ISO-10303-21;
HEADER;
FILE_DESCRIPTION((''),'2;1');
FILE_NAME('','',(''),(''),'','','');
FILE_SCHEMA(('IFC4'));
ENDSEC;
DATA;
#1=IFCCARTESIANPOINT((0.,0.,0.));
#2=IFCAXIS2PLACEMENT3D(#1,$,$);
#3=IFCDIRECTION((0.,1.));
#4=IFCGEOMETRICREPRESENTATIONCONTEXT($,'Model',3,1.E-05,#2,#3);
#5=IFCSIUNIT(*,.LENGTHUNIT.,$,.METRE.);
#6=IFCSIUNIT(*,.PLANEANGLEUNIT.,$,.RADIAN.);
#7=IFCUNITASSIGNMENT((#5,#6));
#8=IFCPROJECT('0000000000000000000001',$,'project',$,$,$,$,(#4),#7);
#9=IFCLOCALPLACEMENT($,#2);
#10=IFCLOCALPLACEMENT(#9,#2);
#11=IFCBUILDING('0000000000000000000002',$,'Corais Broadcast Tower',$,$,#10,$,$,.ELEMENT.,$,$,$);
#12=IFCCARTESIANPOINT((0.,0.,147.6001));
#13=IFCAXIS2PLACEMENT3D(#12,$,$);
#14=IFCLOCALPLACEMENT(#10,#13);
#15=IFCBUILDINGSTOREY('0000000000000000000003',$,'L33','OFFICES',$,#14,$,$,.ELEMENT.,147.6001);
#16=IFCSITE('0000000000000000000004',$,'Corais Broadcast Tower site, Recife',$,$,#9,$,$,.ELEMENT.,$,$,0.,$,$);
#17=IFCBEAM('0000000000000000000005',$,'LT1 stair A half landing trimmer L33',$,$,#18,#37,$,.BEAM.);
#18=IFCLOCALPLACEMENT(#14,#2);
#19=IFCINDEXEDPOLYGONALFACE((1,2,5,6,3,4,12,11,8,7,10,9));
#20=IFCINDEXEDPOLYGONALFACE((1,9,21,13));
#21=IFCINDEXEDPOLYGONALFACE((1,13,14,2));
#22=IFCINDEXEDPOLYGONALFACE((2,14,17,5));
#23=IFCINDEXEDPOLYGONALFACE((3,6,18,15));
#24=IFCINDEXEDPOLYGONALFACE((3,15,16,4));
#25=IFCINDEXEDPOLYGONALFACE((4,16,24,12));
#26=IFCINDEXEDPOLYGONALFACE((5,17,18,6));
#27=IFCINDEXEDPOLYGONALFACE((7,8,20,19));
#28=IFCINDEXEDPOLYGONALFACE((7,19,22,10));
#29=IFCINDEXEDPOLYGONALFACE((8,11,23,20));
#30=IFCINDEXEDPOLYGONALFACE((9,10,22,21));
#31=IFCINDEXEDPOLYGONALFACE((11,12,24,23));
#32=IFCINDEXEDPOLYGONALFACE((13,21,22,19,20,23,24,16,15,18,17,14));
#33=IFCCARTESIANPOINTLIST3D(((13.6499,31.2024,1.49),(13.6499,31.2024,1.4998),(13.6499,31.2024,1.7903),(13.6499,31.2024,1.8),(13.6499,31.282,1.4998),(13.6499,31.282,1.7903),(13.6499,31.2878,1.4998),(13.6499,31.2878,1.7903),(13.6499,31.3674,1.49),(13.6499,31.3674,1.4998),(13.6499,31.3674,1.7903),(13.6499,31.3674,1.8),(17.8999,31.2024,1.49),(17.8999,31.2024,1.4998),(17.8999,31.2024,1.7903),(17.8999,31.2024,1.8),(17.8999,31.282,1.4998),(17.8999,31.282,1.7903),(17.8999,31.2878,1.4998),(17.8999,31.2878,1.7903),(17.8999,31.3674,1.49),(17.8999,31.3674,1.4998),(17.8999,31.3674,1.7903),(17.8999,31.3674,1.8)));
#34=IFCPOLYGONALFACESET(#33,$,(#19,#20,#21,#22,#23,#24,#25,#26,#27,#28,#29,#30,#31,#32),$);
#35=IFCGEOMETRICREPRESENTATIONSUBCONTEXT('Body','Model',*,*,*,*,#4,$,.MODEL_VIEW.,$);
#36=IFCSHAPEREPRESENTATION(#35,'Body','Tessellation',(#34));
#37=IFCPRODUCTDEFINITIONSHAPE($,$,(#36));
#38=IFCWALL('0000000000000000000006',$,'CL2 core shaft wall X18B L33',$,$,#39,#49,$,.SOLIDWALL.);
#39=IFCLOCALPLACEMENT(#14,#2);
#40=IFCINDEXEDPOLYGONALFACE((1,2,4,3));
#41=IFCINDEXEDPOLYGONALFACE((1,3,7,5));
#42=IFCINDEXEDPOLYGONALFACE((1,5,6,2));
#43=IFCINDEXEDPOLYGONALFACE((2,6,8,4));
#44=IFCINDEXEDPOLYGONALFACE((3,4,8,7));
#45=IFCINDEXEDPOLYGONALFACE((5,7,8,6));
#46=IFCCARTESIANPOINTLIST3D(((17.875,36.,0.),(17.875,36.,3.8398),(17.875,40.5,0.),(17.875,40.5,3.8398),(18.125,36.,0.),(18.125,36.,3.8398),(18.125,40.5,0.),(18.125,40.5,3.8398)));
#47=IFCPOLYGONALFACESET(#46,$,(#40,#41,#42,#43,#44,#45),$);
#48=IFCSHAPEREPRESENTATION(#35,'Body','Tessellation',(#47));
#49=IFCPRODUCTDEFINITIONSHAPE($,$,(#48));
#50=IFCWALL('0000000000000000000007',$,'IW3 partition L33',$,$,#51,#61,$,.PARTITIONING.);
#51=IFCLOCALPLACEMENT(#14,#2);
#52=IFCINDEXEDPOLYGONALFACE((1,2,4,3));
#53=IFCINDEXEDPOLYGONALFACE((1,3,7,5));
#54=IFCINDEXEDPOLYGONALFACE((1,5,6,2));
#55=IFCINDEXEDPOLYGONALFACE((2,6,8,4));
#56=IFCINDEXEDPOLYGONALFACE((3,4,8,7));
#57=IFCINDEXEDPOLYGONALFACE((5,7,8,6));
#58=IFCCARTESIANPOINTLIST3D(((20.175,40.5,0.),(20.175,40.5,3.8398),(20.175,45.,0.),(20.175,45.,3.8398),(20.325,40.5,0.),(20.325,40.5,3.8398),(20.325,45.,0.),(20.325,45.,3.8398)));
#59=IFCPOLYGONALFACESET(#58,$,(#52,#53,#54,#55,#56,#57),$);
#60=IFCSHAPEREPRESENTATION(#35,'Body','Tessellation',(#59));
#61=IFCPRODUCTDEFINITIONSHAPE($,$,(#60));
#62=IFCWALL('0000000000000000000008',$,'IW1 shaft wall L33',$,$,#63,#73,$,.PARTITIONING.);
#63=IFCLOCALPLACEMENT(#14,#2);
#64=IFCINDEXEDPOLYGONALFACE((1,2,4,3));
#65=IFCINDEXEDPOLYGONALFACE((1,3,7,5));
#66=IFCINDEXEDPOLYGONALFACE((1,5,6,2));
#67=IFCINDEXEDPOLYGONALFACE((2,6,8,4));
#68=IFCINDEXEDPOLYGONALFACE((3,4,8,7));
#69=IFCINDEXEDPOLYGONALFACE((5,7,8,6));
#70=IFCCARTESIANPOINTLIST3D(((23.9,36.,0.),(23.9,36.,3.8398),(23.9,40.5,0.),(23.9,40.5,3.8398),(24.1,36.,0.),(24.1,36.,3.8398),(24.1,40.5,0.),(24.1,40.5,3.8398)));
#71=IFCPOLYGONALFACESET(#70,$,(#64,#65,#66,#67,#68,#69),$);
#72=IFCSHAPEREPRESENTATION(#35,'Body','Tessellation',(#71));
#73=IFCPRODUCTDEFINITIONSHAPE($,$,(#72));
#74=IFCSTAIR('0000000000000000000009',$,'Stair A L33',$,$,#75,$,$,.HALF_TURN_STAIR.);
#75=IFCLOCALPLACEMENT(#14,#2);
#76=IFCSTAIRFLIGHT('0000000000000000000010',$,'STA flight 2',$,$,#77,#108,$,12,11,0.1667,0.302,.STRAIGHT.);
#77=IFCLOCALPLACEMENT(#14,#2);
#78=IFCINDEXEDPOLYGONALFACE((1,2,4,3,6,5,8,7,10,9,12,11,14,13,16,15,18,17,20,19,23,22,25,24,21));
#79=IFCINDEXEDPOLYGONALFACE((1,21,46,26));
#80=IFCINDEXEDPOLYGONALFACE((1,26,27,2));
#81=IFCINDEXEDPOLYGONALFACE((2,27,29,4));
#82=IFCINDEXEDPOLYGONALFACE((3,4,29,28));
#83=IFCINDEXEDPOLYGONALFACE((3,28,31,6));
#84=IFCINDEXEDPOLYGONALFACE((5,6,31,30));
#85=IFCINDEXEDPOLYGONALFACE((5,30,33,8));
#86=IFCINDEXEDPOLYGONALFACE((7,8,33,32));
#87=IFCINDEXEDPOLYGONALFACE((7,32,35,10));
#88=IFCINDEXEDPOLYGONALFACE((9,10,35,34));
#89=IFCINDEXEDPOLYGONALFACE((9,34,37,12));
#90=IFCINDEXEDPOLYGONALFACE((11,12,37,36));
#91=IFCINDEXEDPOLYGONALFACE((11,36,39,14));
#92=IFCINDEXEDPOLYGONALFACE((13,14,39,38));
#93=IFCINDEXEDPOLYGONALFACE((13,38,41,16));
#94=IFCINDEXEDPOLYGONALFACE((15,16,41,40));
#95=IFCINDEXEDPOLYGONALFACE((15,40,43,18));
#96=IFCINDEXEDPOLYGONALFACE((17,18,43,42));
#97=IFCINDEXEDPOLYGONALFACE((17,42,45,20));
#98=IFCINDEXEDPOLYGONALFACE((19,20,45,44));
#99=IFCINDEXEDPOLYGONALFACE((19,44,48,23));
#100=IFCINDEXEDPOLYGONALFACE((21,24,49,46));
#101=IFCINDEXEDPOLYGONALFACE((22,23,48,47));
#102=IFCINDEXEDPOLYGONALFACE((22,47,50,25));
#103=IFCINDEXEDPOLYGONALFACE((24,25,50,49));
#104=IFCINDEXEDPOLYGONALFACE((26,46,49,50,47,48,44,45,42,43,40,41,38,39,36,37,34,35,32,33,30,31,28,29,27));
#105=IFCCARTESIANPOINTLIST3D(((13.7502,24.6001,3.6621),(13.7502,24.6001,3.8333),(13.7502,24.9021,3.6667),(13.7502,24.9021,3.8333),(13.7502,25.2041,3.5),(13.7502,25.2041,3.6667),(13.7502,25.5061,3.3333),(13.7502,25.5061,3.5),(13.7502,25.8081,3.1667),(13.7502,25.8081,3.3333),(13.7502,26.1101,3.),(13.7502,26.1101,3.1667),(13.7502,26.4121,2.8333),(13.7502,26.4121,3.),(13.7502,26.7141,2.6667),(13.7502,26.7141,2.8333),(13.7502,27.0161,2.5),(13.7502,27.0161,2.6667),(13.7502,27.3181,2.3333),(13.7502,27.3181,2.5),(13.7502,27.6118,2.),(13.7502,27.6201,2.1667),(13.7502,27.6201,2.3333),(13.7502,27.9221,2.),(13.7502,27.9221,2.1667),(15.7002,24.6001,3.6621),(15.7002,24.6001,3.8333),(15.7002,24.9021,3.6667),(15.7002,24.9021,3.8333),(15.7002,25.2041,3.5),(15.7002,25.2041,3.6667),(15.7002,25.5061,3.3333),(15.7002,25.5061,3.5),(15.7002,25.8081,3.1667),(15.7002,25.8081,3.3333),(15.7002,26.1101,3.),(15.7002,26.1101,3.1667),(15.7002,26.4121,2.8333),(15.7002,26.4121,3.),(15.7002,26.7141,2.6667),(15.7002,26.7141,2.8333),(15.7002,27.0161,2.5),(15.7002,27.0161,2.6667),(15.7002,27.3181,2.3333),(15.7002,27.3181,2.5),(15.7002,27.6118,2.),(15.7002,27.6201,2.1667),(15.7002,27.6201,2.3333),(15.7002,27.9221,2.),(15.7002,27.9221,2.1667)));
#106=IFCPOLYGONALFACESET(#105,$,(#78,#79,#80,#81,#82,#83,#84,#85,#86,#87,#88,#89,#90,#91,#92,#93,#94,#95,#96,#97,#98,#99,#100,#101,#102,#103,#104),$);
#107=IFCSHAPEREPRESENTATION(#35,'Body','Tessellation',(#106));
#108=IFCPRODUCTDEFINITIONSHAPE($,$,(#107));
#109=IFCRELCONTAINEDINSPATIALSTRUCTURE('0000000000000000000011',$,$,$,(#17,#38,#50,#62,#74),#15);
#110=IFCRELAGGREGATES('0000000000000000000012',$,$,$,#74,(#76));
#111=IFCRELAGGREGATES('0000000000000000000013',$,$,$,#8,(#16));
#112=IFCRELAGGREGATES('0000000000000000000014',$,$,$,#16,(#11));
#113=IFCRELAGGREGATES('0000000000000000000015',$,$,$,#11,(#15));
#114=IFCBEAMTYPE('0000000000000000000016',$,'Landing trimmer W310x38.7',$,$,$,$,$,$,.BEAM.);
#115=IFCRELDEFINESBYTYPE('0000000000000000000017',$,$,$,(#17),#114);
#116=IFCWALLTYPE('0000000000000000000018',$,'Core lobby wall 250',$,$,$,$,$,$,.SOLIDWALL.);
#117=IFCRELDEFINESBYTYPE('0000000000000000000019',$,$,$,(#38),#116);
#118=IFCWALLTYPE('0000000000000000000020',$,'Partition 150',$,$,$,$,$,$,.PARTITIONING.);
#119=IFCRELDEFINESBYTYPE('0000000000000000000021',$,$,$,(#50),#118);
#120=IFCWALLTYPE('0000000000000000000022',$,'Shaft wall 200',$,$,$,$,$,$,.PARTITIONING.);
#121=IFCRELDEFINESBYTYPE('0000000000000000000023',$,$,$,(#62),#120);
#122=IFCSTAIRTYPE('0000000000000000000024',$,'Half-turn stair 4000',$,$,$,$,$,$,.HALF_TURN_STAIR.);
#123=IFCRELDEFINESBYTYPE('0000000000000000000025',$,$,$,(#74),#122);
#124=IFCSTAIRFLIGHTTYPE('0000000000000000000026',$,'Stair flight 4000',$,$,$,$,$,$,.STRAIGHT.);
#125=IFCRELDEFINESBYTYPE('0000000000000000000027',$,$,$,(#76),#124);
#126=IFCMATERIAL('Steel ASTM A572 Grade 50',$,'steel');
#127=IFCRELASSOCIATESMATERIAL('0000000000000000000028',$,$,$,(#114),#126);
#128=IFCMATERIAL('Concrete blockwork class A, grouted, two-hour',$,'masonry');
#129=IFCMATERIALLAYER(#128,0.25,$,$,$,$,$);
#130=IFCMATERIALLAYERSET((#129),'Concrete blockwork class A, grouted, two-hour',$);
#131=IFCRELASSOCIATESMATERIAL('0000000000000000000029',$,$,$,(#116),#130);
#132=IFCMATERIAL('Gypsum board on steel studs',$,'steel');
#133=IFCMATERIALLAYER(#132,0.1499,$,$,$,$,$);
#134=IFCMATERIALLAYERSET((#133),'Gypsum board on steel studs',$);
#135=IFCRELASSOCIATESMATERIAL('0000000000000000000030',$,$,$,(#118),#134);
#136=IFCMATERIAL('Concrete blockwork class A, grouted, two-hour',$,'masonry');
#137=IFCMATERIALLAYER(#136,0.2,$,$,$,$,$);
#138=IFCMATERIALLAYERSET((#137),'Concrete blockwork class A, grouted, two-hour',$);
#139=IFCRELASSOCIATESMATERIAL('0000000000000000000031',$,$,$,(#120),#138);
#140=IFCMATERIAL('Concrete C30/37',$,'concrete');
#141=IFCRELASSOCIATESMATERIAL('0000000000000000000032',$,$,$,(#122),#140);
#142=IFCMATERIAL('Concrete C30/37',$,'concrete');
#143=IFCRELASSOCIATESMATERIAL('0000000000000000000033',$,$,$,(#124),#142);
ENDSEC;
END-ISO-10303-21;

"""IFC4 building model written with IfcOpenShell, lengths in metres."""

from ifc_helpers import new_model, si_unit, direction, frame, frame_2d, origin, origin_2d, place, context, subcontext, project, spatial, polyline, rectangle, i_section, outline, extrude, material, layer, layer_set, material_profile, profile_set, type_object, element, aggregate, save


model = new_model("IFC4")

# Units and contexts
model_context = context("Model", 3, precision=1e-05, world=origin(), true_north=direction((0.0, 1.0)))
body_context = subcontext(model_context, "Body", "Model", "MODEL_VIEW")
ifc_project = project(units=[si_unit("LENGTHUNIT", "METRE"), si_unit("PLANEANGLEUNIT", "RADIAN")], contexts=[model_context])

# Site, building, storey
site_placement = place(None, origin())
site = spatial("IfcSite", under=ifc_project, at=site_placement, Name="Corais Broadcast Tower site, Recife", CompositionType="ELEMENT", RefElevation=0.0)
building_placement = place(site_placement, origin())
building = spatial("IfcBuilding", under=site, at=building_placement, Name="Corais Broadcast Tower", CompositionType="ELEMENT")
storey_placement = place(building_placement, frame((0.0, 0.0, 147.6001)))
storey = spatial("IfcBuildingStorey", under=building, at=storey_placement, Name="L33", Description="OFFICES", CompositionType="ELEMENT", Elevation=147.6001)

# Beam
ifc_material_1 = material(Name="Steel ASTM A572 Grade 50", Category="steel")
ifc_material_profile = material_profile(ifc_material_1, i_section(OverallWidth=0.165, OverallDepth=0.3101, WebThickness=0.0059, FlangeThickness=0.0098, at=origin_2d()), Name="W310x38.7")
ifc_profile_set = profile_set([ifc_material_profile], Name="Steel ASTM A572 Grade 50")
beam_type = type_object("IfcBeamType", Name="Landing trimmer W310x38.7", PredefinedType="BEAM", material=ifc_profile_set)
beam_placement = place(storey_placement, frame((13.6499, 31.2849, 1.645), z_axis=(1.0, 0.0, 0.0), x_axis=(0.0, 1.0, 0.0)))
element("IfcBeam", 1, at=beam_placement, inside=storey, type_object=beam_type, Name="LT1 stair A half landing trimmer L33", PredefinedType="BEAM", context=body_context, shape_type="SweptSolid", body=[
    extrude(i_section(OverallWidth=0.165, OverallDepth=0.3101, WebThickness=0.0059, FlangeThickness=0.0098, at=origin_2d()), origin(), (0.0, 0.0, 1.0), 4.25),
])

# Walls
ifc_material_2 = material(Name="Concrete blockwork class A, grouted, two-hour", Category="masonry")
ifc_layer_1 = layer(ifc_material_2, 0.25)
ifc_layer_set_1 = layer_set([ifc_layer_1], Name="Concrete blockwork class A, grouted, two-hour")
wall_type_1 = type_object("IfcWallType", Name="Core lobby wall 250", PredefinedType="SOLIDWALL", material=ifc_layer_set_1)
wall_1_placement = place(storey_placement, frame((18.0, 36.0, 0.0), z_axis=(0.0, 0.0, 1.0), x_axis=(0.0, 1.0, 0.0)))
element("IfcWall", 2, at=wall_1_placement, inside=storey, type_object=wall_type_1, Name="CL2 core shaft wall X18B L33", PredefinedType="SOLIDWALL", context=body_context, shape_type="SweptSolid", body=[
    extrude(rectangle(XDim=4.5, YDim=0.25, at=frame_2d((2.25, 0.0))), origin(), (0.0, 0.0, 1.0), 3.8398),
])
ifc_material_3 = material(Name="Gypsum board on steel studs", Category="steel")
ifc_layer_2 = layer(ifc_material_3, 0.1499)
ifc_layer_set_2 = layer_set([ifc_layer_2], Name="Gypsum board on steel studs")
wall_type_2 = type_object("IfcWallType", Name="Partition 150", PredefinedType="PARTITIONING", material=ifc_layer_set_2)
wall_2_placement = place(storey_placement, frame((20.25, 40.5, 0.0), z_axis=(0.0, 0.0, 1.0), x_axis=(0.0, 1.0, 0.0)))
element("IfcWall", 3, at=wall_2_placement, inside=storey, type_object=wall_type_2, Name="IW3 partition L33", PredefinedType="PARTITIONING", context=body_context, shape_type="SweptSolid", body=[
    extrude(rectangle(XDim=4.5, YDim=0.1499, at=frame_2d((2.25, 0.0))), origin(), (0.0, 0.0, 1.0), 3.8398),
])
ifc_material_4 = material(Name="Concrete blockwork class A, grouted, two-hour", Category="masonry")
ifc_layer_3 = layer(ifc_material_4, 0.2)
ifc_layer_set_3 = layer_set([ifc_layer_3], Name="Concrete blockwork class A, grouted, two-hour")
wall_type_3 = type_object("IfcWallType", Name="Shaft wall 200", PredefinedType="PARTITIONING", material=ifc_layer_set_3)
wall_3_placement = place(storey_placement, frame((24.0, 36.0, 0.0), z_axis=(0.0, 0.0, 1.0), x_axis=(0.0, 1.0, 0.0)))
element("IfcWall", 4, at=wall_3_placement, inside=storey, type_object=wall_type_3, Name="IW1 shaft wall L33", PredefinedType="PARTITIONING", context=body_context, shape_type="SweptSolid", body=[
    extrude(rectangle(XDim=4.5, YDim=0.2, at=frame_2d((2.25, 0.0))), origin(), (0.0, 0.0, 1.0), 3.8398),
])

# Stair, stair flight
ifc_material_5 = material(Name="Concrete C30/37", Category="concrete")
stair_type = type_object("IfcStairType", Name="Half-turn stair 4000", PredefinedType="HALF_TURN_STAIR", material=ifc_material_5)
stair_placement = place(storey_placement, origin())
stair = element("IfcStair", 5, at=stair_placement, inside=storey, type_object=stair_type, Name="Stair A L33", PredefinedType="HALF_TURN_STAIR")
ifc_material_6 = material(Name="Concrete C30/37", Category="concrete")
stair_flight_type = type_object("IfcStairFlightType", Name="Stair flight 4000", PredefinedType="STRAIGHT", material=ifc_material_6)
stair_flight_placement = place(storey_placement, frame((14.7251, 27.9221, 2.0), z_axis=(0.0, 0.0, 1.0), x_axis=(0.0, -1.0, 0.0)))
stair_flight = element("IfcStairFlight", 6, at=stair_flight_placement, type_object=stair_flight_type, Name="STA flight 2", NumberOfRisers=12, NumberOfTreads=11, PredefinedType="STRAIGHT", RiserHeight=0.1667, TreadLength=0.302, context=body_context, shape_type="SweptSolid", body=[
    extrude(outline(polyline([(0.0, 0.0), (0.0, 0.1667), (0.302, 0.1667), (0.302, 0.3333), (0.604, 0.3333), (0.604, 0.5), (0.906, 0.5), (0.906, 0.6667), (1.208, 0.6667), (1.208, 0.8333), (1.51, 0.8333), (1.51, 1.0), (1.812, 1.0), (1.812, 1.1667), (2.114, 1.1667), (2.114, 1.3333), (2.416, 1.3333), (2.416, 1.5), (2.718, 1.5), (2.718, 1.6667), (3.02, 1.6667), (3.02, 1.8333), (3.322, 1.8333), (3.322, 2.0), (3.322, 1.6621), (0.3103, 0.0), (0.0, 0.0)])), frame((0.0, 0.9751, 0.0), z_axis=(0.0, -1.0, 0.0), x_axis=(1.0, 0.0, 0.0)), (0.0, 0.0, 1.0), 1.95),
])
aggregate(stair, [stair_flight])

save(model, "model.ifc")
